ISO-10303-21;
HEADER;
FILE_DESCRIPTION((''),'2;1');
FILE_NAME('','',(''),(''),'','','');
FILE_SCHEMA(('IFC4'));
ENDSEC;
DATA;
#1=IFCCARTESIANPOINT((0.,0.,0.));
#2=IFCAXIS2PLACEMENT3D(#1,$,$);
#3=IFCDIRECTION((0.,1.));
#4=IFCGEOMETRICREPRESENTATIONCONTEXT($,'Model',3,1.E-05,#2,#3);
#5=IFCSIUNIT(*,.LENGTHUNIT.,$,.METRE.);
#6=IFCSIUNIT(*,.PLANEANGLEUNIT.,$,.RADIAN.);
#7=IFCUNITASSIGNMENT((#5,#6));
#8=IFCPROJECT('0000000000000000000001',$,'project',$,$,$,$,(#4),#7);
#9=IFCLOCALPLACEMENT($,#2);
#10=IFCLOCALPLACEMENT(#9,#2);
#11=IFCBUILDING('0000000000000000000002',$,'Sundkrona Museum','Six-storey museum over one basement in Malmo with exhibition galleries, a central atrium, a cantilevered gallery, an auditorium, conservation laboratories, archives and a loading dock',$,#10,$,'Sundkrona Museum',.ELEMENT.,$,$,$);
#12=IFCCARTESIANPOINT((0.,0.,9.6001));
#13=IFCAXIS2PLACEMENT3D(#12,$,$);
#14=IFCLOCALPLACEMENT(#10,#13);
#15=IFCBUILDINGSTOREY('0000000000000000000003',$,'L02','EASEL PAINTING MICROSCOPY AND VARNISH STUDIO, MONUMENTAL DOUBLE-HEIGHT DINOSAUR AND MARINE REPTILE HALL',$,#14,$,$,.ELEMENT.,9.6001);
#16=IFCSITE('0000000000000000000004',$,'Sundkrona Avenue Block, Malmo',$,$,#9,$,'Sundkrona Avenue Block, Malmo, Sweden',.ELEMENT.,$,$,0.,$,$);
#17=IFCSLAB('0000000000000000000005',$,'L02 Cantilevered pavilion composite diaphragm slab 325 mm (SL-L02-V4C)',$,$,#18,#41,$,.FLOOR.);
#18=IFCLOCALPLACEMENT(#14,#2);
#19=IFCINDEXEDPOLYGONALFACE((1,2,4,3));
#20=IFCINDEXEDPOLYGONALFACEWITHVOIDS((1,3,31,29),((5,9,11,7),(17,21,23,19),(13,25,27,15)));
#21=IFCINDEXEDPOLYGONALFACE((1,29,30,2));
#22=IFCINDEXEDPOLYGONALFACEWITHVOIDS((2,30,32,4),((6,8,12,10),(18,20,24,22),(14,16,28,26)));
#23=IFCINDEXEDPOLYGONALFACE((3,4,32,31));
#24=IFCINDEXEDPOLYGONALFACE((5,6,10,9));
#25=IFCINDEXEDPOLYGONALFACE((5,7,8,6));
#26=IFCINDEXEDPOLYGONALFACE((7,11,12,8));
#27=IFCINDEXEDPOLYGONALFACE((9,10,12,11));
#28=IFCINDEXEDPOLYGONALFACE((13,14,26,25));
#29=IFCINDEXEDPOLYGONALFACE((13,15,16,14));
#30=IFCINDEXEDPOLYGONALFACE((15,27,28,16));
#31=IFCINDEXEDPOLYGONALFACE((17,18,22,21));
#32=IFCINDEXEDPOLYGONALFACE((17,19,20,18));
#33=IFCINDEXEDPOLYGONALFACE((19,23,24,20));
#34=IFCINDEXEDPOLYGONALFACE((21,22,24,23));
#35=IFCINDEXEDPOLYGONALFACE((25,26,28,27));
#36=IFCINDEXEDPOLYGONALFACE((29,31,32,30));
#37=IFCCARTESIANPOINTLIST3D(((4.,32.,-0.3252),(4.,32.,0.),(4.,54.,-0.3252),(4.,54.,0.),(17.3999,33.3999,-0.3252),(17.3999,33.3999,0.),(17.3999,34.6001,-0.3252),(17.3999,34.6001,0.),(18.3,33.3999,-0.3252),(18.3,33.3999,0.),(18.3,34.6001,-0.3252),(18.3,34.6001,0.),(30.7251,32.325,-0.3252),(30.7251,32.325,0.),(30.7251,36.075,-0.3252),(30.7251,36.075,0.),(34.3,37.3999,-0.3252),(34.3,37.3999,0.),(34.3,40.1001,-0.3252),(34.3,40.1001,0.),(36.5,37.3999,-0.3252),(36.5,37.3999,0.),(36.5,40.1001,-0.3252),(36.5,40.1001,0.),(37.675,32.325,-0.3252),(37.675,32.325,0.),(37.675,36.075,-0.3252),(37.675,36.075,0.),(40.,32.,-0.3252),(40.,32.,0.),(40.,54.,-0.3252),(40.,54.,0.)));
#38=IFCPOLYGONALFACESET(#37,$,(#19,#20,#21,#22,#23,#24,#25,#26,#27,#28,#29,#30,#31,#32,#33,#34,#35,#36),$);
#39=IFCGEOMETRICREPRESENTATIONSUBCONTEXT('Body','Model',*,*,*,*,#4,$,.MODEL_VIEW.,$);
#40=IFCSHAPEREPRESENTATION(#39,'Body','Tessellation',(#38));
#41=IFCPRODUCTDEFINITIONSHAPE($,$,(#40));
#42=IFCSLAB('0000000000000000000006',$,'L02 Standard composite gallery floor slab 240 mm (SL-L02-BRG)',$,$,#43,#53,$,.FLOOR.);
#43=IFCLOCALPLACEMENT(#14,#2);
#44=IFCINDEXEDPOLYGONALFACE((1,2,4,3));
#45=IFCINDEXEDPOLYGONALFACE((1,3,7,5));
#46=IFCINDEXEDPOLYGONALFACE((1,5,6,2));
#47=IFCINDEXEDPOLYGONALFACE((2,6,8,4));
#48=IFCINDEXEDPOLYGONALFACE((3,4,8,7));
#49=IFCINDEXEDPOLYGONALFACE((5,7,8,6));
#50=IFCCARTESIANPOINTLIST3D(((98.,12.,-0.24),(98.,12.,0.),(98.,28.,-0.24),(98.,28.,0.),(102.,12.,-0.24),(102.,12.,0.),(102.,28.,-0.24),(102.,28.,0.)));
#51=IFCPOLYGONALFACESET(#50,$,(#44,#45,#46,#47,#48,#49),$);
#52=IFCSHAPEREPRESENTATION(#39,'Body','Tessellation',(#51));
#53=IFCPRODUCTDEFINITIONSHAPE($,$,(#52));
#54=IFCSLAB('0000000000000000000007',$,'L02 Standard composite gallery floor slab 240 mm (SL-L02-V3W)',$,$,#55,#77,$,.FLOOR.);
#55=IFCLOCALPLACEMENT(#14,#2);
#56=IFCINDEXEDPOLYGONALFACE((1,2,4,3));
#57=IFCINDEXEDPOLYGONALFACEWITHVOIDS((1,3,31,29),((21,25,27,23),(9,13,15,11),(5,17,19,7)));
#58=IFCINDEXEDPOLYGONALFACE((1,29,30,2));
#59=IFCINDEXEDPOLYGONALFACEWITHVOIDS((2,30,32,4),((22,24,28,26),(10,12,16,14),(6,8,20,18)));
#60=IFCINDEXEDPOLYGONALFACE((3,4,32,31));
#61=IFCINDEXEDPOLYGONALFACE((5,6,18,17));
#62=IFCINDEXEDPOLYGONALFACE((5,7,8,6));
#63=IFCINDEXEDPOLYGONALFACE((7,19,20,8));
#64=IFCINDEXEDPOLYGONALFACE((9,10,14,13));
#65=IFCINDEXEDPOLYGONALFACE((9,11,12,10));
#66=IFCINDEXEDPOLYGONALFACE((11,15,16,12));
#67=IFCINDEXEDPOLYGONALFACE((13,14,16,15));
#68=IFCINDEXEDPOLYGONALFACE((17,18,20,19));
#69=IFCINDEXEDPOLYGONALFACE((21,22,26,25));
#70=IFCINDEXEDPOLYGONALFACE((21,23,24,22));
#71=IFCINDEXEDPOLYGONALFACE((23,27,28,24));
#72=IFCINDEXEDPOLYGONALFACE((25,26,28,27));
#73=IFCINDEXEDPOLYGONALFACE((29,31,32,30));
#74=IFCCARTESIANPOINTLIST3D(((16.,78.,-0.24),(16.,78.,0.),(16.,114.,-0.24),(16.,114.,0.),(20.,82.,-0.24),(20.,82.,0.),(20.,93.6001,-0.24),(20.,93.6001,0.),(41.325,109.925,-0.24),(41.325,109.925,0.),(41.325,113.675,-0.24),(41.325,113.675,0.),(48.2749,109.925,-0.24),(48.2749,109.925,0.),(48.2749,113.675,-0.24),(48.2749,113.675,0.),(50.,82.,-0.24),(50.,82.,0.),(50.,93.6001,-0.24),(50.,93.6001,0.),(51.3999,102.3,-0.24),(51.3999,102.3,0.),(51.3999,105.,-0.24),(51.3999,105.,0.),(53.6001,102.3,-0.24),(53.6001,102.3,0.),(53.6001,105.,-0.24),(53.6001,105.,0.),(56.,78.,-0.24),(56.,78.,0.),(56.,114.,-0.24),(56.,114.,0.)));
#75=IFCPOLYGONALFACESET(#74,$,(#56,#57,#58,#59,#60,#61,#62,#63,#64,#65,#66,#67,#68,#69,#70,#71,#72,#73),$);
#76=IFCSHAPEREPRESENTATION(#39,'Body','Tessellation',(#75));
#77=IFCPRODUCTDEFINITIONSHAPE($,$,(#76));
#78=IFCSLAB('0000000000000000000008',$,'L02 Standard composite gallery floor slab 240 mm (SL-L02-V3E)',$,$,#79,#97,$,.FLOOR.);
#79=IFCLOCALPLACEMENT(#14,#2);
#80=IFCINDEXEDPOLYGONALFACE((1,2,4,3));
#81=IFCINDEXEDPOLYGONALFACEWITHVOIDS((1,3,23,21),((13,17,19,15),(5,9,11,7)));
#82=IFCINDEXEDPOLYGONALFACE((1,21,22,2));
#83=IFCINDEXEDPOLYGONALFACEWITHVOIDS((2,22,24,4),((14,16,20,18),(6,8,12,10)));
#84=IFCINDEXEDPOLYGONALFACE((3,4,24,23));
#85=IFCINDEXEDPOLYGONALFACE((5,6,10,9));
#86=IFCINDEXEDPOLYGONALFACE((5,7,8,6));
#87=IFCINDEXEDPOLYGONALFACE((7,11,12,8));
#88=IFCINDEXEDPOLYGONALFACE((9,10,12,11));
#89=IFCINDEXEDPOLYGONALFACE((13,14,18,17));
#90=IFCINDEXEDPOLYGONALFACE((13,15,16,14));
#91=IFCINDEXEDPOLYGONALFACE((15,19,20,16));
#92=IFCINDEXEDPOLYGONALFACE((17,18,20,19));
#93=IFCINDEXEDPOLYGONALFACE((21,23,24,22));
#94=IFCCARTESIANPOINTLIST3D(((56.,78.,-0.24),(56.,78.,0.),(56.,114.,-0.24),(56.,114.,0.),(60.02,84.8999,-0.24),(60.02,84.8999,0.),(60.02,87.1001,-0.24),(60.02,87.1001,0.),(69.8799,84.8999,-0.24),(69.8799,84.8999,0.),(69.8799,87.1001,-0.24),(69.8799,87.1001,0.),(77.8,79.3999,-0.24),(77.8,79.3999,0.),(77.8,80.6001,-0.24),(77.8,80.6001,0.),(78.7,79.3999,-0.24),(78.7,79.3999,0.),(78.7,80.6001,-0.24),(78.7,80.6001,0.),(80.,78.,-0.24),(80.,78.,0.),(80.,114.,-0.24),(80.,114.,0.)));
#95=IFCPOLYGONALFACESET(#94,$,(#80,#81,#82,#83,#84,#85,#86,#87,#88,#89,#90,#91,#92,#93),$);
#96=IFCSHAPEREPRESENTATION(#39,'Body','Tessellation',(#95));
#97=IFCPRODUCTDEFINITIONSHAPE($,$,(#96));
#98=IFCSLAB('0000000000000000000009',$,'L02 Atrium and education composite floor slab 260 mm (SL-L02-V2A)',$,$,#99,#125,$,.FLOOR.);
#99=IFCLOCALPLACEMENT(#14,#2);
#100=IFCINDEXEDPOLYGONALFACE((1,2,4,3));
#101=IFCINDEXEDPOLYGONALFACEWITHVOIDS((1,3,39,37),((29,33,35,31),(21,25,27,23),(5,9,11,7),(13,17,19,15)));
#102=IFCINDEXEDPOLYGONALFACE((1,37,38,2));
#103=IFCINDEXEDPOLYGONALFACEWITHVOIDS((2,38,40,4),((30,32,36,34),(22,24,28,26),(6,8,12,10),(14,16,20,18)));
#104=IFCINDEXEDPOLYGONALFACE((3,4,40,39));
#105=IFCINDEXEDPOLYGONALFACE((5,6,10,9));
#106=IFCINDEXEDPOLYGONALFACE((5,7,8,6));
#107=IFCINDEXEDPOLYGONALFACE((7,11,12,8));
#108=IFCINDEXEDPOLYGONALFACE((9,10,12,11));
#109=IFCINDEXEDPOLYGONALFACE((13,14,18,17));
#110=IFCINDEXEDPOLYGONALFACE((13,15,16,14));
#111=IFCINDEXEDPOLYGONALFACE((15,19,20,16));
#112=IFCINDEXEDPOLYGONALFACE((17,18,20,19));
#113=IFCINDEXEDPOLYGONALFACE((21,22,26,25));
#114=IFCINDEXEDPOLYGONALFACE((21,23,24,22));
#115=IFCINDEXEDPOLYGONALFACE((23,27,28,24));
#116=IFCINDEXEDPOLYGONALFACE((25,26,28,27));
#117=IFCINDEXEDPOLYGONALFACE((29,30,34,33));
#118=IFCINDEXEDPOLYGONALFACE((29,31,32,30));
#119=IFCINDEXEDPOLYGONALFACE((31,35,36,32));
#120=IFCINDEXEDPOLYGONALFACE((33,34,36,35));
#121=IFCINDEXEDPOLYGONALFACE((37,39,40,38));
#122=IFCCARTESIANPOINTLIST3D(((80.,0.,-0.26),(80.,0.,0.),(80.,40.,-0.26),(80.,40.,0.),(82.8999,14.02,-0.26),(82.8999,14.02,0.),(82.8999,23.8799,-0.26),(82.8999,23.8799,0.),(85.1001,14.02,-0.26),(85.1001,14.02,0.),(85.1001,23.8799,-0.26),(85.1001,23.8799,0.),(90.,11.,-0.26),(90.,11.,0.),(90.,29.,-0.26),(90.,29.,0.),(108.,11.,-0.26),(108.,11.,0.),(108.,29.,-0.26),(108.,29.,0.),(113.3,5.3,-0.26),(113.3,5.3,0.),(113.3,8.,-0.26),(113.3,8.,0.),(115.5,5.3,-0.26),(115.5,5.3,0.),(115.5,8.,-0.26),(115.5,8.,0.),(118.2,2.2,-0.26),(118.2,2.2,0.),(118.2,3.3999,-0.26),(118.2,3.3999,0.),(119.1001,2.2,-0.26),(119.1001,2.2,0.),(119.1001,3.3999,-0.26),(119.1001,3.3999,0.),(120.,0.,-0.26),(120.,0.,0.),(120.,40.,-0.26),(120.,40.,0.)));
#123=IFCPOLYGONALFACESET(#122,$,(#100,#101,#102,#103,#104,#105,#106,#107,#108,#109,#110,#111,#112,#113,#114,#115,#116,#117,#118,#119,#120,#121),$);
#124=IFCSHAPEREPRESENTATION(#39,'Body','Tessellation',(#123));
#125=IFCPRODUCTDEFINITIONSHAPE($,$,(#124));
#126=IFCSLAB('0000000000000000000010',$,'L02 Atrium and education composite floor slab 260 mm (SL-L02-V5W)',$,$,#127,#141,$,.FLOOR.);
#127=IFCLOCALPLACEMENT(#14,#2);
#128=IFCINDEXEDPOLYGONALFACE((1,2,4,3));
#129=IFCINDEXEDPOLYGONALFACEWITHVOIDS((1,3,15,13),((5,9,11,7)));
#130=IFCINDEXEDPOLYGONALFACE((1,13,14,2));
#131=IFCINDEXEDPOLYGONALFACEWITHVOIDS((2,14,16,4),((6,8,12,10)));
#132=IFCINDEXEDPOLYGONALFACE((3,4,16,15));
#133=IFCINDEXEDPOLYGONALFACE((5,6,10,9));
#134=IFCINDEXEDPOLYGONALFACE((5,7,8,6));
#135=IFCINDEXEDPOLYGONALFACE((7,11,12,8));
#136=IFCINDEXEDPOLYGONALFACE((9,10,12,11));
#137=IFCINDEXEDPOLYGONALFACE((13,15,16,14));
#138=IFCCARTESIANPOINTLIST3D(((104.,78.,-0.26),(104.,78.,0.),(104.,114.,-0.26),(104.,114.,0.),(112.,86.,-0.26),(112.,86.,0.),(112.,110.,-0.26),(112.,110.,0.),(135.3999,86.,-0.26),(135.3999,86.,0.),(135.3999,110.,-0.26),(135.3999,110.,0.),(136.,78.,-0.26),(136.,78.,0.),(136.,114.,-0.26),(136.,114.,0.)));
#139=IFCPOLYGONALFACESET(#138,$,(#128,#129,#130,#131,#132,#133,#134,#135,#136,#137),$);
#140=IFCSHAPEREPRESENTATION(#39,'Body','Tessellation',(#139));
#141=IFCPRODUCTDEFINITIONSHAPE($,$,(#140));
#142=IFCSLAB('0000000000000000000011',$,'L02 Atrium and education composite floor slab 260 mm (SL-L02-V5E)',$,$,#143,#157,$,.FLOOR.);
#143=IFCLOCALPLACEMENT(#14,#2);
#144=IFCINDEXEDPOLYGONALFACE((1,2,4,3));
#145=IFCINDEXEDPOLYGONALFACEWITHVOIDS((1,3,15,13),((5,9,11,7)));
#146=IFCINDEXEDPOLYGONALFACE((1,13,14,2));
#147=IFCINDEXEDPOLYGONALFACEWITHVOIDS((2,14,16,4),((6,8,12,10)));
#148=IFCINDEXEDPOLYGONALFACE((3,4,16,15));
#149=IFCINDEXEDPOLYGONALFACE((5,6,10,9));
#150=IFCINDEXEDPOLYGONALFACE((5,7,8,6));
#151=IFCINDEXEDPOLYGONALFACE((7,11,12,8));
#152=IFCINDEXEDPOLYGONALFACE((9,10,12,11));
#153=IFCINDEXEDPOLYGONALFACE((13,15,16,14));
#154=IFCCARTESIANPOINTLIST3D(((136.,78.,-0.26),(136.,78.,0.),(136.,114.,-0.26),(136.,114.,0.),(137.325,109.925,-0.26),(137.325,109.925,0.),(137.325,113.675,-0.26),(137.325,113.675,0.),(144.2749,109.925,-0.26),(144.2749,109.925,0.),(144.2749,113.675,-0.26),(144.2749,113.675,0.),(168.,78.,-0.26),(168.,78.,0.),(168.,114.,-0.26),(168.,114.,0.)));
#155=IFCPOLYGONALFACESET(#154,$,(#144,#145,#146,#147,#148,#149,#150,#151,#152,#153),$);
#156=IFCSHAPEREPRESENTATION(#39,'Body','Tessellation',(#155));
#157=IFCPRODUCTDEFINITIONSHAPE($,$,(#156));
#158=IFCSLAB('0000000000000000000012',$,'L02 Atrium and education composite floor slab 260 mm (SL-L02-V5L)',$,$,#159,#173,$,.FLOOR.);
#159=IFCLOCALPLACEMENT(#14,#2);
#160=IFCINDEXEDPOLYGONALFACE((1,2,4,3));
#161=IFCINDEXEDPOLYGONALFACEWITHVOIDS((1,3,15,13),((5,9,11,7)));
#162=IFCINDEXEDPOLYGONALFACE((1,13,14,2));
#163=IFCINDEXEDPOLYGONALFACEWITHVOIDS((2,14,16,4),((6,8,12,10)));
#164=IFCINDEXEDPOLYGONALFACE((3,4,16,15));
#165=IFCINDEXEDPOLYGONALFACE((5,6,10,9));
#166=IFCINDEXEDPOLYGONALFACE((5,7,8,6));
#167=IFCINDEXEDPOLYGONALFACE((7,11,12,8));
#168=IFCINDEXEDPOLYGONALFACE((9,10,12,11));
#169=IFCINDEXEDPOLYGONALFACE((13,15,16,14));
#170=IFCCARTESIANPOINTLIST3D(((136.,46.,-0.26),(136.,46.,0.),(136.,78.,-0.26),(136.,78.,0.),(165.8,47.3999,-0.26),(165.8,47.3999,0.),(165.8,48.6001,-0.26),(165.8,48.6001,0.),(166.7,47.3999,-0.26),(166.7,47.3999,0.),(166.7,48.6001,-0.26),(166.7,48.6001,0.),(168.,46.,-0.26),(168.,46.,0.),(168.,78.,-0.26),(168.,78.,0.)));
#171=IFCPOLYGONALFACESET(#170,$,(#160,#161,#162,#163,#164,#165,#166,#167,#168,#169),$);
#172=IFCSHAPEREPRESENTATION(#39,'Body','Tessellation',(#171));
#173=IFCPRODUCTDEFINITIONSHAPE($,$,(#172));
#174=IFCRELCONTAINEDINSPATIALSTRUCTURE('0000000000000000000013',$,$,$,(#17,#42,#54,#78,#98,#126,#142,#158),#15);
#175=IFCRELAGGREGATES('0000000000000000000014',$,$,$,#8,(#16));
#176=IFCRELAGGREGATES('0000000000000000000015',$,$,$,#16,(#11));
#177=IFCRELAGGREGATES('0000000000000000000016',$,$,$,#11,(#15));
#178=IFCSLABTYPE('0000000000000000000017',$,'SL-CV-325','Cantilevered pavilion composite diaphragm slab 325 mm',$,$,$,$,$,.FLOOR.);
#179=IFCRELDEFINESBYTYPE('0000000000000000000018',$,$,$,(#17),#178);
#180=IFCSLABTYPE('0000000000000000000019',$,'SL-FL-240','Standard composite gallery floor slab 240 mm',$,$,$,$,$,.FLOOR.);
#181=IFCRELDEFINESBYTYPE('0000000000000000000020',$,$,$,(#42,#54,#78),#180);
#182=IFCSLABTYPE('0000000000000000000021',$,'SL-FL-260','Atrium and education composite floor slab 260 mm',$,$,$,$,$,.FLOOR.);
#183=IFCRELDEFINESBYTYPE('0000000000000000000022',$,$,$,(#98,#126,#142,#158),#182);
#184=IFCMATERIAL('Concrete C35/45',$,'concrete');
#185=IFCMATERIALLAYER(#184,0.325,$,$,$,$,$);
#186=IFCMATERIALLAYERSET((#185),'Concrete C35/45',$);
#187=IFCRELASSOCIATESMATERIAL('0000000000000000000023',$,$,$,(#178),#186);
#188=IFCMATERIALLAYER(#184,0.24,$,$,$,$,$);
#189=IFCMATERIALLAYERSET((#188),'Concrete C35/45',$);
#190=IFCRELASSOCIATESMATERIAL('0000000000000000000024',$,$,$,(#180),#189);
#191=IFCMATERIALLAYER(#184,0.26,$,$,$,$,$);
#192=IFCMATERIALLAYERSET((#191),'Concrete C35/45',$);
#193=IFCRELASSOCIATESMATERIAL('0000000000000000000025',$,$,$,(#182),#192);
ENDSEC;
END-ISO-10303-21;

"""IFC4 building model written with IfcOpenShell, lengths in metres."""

from ifc_helpers import new_model, si_unit, direction, frame, origin, place, context, subcontext, project, spatial, polyline, outline, extrude, material, layer, layer_set, type_object, element, save


model = new_model("IFC4")

# Units and contexts
model_context = context("Model", 3, precision=1e-05, world=origin(), true_north=direction((0.0, 1.0)))
body_context = subcontext(model_context, "Body", "Model", "MODEL_VIEW")
ifc_project = project(units=[si_unit("LENGTHUNIT", "METRE"), si_unit("PLANEANGLEUNIT", "RADIAN")], contexts=[model_context])

# Site, building, storey
site_placement = place(None, origin())
site = spatial("IfcSite", under=ifc_project, at=site_placement, Name="Sundkrona Avenue Block, Malmo", LongName="Sundkrona Avenue Block, Malmo, Sweden", CompositionType="ELEMENT", RefElevation=0.0)
building_placement = place(site_placement, origin())
building = spatial("IfcBuilding", under=site, at=building_placement, Name="Sundkrona Museum", Description="Six-storey museum over one basement in Malmo with exhibition galleries, a central atrium, a cantilevered gallery, an auditorium, conservation laboratories, archives and a loading dock", LongName="Sundkrona Museum", CompositionType="ELEMENT")
storey_placement = place(building_placement, frame((0.0, 0.0, 9.6001)))
storey = spatial("IfcBuildingStorey", under=building, at=storey_placement, Name="L02", Description="EASEL PAINTING MICROSCOPY AND VARNISH STUDIO, MONUMENTAL DOUBLE-HEIGHT DINOSAUR AND MARINE REPTILE HALL", CompositionType="ELEMENT", Elevation=9.6001)

# Slabs
ifc_material = material(Name="Concrete C35/45", Category="concrete")
ifc_layer_1 = layer(ifc_material, 0.325)
ifc_layer_set_1 = layer_set([ifc_layer_1], Name="Concrete C35/45")
slab_type_1 = type_object("IfcSlabType", Name="SL-CV-325", Description="Cantilevered pavilion composite diaphragm slab 325 mm", PredefinedType="FLOOR", material=ifc_layer_set_1)
slab_1_placement = place(storey_placement, frame((0.0, 0.0, -0.3252)))
element("IfcSlab", 1, at=slab_1_placement, inside=storey, type_object=slab_type_1, Name="L02 Cantilevered pavilion composite diaphragm slab 325 mm (SL-L02-V4C)", PredefinedType="FLOOR", context=body_context, shape_type="SweptSolid", body=[
    extrude(outline(polyline([(4.0, 32.0), (40.0, 32.0), (40.0, 54.0), (4.0, 54.0), (4.0, 32.0)]), holes=[polyline([(37.675, 32.325), (30.7251, 32.325), (30.7251, 36.075), (37.675, 36.075), (37.675, 32.325)]), polyline([(36.5, 37.3999), (34.3, 37.3999), (34.3, 40.1001), (36.5, 40.1001), (36.5, 37.3999)]), polyline([(17.3999, 34.6001), (18.3, 34.6001), (18.3, 33.3999), (17.3999, 33.3999), (17.3999, 34.6001)])]), origin(), (0.0, 0.0, 1.0), 0.3252),
])
ifc_layer_2 = layer(ifc_material, 0.24)
ifc_layer_set_2 = layer_set([ifc_layer_2], Name="Concrete C35/45")
slab_type_2 = type_object("IfcSlabType", Name="SL-FL-240", Description="Standard composite gallery floor slab 240 mm", PredefinedType="FLOOR", material=ifc_layer_set_2)
slab_2_placement = place(storey_placement, frame((0.0, 0.0, -0.24)))
element("IfcSlab", 2, at=slab_2_placement, inside=storey, type_object=slab_type_2, Name="L02 Standard composite gallery floor slab 240 mm (SL-L02-BRG)", PredefinedType="FLOOR", context=body_context, shape_type="SweptSolid", body=[
    extrude(outline(polyline([(98.0, 12.0), (102.0, 12.0), (102.0, 28.0), (98.0, 28.0), (98.0, 12.0)])), origin(), (0.0, 0.0, 1.0), 0.24),
])
slab_3_placement = place(storey_placement, frame((0.0, 0.0, -0.24)))
element("IfcSlab", 3, at=slab_3_placement, inside=storey, type_object=slab_type_2, Name="L02 Standard composite gallery floor slab 240 mm (SL-L02-V3W)", PredefinedType="FLOOR", context=body_context, shape_type="SweptSolid", body=[
    extrude(outline(polyline([(16.0, 78.0), (56.0, 78.0), (56.0, 114.0), (16.0, 114.0), (16.0, 78.0)]), holes=[polyline([(53.6001, 102.3), (51.3999, 102.3), (51.3999, 105.0), (53.6001, 105.0), (53.6001, 102.3)]), polyline([(20.0, 93.6001), (50.0, 93.6001), (50.0, 82.0), (20.0, 82.0), (20.0, 93.6001)]), polyline([(41.325, 113.675), (48.2749, 113.675), (48.2749, 109.925), (41.325, 109.925), (41.325, 113.675)])]), origin(), (0.0, 0.0, 1.0), 0.24),
])
slab_4_placement = place(storey_placement, frame((0.0, 0.0, -0.24)))
element("IfcSlab", 4, at=slab_4_placement, inside=storey, type_object=slab_type_2, Name="L02 Standard composite gallery floor slab 240 mm (SL-L02-V3E)", PredefinedType="FLOOR", context=body_context, shape_type="SweptSolid", body=[
    extrude(outline(polyline([(56.0, 78.0), (80.0, 78.0), (80.0, 114.0), (56.0, 114.0), (56.0, 78.0)]), holes=[polyline([(77.8, 80.6001), (78.7, 80.6001), (78.7, 79.3999), (77.8, 79.3999), (77.8, 80.6001)]), polyline([(60.02, 87.1001), (69.8799, 87.1001), (69.8799, 84.8999), (60.02, 84.8999), (60.02, 87.1001)])]), origin(), (0.0, 0.0, 1.0), 0.24),
])
ifc_layer_3 = layer(ifc_material, 0.26)
ifc_layer_set_3 = layer_set([ifc_layer_3], Name="Concrete C35/45")
slab_type_3 = type_object("IfcSlabType", Name="SL-FL-260", Description="Atrium and education composite floor slab 260 mm", PredefinedType="FLOOR", material=ifc_layer_set_3)
slab_5_placement = place(storey_placement, frame((0.0, 0.0, -0.26)))
element("IfcSlab", 5, at=slab_5_placement, inside=storey, type_object=slab_type_3, Name="L02 Atrium and education composite floor slab 260 mm (SL-L02-V2A)", PredefinedType="FLOOR", context=body_context, shape_type="SweptSolid", body=[
    extrude(outline(polyline([(80.0, 0.0), (120.0, 0.0), (120.0, 40.0), (80.0, 40.0), (80.0, 0.0)]), holes=[polyline([(119.1001, 2.2), (118.2, 2.2), (118.2, 3.3999), (119.1001, 3.3999), (119.1001, 2.2)]), polyline([(115.5, 5.3), (113.3, 5.3), (113.3, 8.0), (115.5, 8.0), (115.5, 5.3)]), polyline([(108.0, 11.0), (90.0, 11.0), (90.0, 29.0), (108.0, 29.0), (108.0, 11.0)]), polyline([(85.1001, 14.02), (82.8999, 14.02), (82.8999, 23.8799), (85.1001, 23.8799), (85.1001, 14.02)])]), origin(), (0.0, 0.0, 1.0), 0.26),
])
slab_6_placement = place(storey_placement, frame((0.0, 0.0, -0.26)))
element("IfcSlab", 6, at=slab_6_placement, inside=storey, type_object=slab_type_3, Name="L02 Atrium and education composite floor slab 260 mm (SL-L02-V5W)", PredefinedType="FLOOR", context=body_context, shape_type="SweptSolid", body=[
    extrude(outline(polyline([(104.0, 78.0), (136.0, 78.0), (136.0, 114.0), (104.0, 114.0), (104.0, 78.0)]), holes=[polyline([(135.3999, 86.0), (112.0, 86.0), (112.0, 110.0), (135.3999, 110.0), (135.3999, 86.0)])]), origin(), (0.0, 0.0, 1.0), 0.26),
])
slab_7_placement = place(storey_placement, frame((0.0, 0.0, -0.26)))
element("IfcSlab", 7, at=slab_7_placement, inside=storey, type_object=slab_type_3, Name="L02 Atrium and education composite floor slab 260 mm (SL-L02-V5E)", PredefinedType="FLOOR", context=body_context, shape_type="SweptSolid", body=[
    extrude(outline(polyline([(136.0, 78.0), (168.0, 78.0), (168.0, 114.0), (136.0, 114.0), (136.0, 78.0)]), holes=[polyline([(137.325, 113.675), (144.2749, 113.675), (144.2749, 109.925), (137.325, 109.925), (137.325, 113.675)])]), origin(), (0.0, 0.0, 1.0), 0.26),
])
slab_8_placement = place(storey_placement, frame((0.0, 0.0, -0.26)))
element("IfcSlab", 8, at=slab_8_placement, inside=storey, type_object=slab_type_3, Name="L02 Atrium and education composite floor slab 260 mm (SL-L02-V5L)", PredefinedType="FLOOR", context=body_context, shape_type="SweptSolid", body=[
    extrude(outline(polyline([(136.0, 46.0), (168.0, 46.0), (168.0, 78.0), (136.0, 78.0), (136.0, 46.0)]), holes=[polyline([(166.7, 47.3999), (165.8, 47.3999), (165.8, 48.6001), (166.7, 48.6001), (166.7, 47.3999)])]), origin(), (0.0, 0.0, 1.0), 0.26),
])

save(model, "model.ifc")
